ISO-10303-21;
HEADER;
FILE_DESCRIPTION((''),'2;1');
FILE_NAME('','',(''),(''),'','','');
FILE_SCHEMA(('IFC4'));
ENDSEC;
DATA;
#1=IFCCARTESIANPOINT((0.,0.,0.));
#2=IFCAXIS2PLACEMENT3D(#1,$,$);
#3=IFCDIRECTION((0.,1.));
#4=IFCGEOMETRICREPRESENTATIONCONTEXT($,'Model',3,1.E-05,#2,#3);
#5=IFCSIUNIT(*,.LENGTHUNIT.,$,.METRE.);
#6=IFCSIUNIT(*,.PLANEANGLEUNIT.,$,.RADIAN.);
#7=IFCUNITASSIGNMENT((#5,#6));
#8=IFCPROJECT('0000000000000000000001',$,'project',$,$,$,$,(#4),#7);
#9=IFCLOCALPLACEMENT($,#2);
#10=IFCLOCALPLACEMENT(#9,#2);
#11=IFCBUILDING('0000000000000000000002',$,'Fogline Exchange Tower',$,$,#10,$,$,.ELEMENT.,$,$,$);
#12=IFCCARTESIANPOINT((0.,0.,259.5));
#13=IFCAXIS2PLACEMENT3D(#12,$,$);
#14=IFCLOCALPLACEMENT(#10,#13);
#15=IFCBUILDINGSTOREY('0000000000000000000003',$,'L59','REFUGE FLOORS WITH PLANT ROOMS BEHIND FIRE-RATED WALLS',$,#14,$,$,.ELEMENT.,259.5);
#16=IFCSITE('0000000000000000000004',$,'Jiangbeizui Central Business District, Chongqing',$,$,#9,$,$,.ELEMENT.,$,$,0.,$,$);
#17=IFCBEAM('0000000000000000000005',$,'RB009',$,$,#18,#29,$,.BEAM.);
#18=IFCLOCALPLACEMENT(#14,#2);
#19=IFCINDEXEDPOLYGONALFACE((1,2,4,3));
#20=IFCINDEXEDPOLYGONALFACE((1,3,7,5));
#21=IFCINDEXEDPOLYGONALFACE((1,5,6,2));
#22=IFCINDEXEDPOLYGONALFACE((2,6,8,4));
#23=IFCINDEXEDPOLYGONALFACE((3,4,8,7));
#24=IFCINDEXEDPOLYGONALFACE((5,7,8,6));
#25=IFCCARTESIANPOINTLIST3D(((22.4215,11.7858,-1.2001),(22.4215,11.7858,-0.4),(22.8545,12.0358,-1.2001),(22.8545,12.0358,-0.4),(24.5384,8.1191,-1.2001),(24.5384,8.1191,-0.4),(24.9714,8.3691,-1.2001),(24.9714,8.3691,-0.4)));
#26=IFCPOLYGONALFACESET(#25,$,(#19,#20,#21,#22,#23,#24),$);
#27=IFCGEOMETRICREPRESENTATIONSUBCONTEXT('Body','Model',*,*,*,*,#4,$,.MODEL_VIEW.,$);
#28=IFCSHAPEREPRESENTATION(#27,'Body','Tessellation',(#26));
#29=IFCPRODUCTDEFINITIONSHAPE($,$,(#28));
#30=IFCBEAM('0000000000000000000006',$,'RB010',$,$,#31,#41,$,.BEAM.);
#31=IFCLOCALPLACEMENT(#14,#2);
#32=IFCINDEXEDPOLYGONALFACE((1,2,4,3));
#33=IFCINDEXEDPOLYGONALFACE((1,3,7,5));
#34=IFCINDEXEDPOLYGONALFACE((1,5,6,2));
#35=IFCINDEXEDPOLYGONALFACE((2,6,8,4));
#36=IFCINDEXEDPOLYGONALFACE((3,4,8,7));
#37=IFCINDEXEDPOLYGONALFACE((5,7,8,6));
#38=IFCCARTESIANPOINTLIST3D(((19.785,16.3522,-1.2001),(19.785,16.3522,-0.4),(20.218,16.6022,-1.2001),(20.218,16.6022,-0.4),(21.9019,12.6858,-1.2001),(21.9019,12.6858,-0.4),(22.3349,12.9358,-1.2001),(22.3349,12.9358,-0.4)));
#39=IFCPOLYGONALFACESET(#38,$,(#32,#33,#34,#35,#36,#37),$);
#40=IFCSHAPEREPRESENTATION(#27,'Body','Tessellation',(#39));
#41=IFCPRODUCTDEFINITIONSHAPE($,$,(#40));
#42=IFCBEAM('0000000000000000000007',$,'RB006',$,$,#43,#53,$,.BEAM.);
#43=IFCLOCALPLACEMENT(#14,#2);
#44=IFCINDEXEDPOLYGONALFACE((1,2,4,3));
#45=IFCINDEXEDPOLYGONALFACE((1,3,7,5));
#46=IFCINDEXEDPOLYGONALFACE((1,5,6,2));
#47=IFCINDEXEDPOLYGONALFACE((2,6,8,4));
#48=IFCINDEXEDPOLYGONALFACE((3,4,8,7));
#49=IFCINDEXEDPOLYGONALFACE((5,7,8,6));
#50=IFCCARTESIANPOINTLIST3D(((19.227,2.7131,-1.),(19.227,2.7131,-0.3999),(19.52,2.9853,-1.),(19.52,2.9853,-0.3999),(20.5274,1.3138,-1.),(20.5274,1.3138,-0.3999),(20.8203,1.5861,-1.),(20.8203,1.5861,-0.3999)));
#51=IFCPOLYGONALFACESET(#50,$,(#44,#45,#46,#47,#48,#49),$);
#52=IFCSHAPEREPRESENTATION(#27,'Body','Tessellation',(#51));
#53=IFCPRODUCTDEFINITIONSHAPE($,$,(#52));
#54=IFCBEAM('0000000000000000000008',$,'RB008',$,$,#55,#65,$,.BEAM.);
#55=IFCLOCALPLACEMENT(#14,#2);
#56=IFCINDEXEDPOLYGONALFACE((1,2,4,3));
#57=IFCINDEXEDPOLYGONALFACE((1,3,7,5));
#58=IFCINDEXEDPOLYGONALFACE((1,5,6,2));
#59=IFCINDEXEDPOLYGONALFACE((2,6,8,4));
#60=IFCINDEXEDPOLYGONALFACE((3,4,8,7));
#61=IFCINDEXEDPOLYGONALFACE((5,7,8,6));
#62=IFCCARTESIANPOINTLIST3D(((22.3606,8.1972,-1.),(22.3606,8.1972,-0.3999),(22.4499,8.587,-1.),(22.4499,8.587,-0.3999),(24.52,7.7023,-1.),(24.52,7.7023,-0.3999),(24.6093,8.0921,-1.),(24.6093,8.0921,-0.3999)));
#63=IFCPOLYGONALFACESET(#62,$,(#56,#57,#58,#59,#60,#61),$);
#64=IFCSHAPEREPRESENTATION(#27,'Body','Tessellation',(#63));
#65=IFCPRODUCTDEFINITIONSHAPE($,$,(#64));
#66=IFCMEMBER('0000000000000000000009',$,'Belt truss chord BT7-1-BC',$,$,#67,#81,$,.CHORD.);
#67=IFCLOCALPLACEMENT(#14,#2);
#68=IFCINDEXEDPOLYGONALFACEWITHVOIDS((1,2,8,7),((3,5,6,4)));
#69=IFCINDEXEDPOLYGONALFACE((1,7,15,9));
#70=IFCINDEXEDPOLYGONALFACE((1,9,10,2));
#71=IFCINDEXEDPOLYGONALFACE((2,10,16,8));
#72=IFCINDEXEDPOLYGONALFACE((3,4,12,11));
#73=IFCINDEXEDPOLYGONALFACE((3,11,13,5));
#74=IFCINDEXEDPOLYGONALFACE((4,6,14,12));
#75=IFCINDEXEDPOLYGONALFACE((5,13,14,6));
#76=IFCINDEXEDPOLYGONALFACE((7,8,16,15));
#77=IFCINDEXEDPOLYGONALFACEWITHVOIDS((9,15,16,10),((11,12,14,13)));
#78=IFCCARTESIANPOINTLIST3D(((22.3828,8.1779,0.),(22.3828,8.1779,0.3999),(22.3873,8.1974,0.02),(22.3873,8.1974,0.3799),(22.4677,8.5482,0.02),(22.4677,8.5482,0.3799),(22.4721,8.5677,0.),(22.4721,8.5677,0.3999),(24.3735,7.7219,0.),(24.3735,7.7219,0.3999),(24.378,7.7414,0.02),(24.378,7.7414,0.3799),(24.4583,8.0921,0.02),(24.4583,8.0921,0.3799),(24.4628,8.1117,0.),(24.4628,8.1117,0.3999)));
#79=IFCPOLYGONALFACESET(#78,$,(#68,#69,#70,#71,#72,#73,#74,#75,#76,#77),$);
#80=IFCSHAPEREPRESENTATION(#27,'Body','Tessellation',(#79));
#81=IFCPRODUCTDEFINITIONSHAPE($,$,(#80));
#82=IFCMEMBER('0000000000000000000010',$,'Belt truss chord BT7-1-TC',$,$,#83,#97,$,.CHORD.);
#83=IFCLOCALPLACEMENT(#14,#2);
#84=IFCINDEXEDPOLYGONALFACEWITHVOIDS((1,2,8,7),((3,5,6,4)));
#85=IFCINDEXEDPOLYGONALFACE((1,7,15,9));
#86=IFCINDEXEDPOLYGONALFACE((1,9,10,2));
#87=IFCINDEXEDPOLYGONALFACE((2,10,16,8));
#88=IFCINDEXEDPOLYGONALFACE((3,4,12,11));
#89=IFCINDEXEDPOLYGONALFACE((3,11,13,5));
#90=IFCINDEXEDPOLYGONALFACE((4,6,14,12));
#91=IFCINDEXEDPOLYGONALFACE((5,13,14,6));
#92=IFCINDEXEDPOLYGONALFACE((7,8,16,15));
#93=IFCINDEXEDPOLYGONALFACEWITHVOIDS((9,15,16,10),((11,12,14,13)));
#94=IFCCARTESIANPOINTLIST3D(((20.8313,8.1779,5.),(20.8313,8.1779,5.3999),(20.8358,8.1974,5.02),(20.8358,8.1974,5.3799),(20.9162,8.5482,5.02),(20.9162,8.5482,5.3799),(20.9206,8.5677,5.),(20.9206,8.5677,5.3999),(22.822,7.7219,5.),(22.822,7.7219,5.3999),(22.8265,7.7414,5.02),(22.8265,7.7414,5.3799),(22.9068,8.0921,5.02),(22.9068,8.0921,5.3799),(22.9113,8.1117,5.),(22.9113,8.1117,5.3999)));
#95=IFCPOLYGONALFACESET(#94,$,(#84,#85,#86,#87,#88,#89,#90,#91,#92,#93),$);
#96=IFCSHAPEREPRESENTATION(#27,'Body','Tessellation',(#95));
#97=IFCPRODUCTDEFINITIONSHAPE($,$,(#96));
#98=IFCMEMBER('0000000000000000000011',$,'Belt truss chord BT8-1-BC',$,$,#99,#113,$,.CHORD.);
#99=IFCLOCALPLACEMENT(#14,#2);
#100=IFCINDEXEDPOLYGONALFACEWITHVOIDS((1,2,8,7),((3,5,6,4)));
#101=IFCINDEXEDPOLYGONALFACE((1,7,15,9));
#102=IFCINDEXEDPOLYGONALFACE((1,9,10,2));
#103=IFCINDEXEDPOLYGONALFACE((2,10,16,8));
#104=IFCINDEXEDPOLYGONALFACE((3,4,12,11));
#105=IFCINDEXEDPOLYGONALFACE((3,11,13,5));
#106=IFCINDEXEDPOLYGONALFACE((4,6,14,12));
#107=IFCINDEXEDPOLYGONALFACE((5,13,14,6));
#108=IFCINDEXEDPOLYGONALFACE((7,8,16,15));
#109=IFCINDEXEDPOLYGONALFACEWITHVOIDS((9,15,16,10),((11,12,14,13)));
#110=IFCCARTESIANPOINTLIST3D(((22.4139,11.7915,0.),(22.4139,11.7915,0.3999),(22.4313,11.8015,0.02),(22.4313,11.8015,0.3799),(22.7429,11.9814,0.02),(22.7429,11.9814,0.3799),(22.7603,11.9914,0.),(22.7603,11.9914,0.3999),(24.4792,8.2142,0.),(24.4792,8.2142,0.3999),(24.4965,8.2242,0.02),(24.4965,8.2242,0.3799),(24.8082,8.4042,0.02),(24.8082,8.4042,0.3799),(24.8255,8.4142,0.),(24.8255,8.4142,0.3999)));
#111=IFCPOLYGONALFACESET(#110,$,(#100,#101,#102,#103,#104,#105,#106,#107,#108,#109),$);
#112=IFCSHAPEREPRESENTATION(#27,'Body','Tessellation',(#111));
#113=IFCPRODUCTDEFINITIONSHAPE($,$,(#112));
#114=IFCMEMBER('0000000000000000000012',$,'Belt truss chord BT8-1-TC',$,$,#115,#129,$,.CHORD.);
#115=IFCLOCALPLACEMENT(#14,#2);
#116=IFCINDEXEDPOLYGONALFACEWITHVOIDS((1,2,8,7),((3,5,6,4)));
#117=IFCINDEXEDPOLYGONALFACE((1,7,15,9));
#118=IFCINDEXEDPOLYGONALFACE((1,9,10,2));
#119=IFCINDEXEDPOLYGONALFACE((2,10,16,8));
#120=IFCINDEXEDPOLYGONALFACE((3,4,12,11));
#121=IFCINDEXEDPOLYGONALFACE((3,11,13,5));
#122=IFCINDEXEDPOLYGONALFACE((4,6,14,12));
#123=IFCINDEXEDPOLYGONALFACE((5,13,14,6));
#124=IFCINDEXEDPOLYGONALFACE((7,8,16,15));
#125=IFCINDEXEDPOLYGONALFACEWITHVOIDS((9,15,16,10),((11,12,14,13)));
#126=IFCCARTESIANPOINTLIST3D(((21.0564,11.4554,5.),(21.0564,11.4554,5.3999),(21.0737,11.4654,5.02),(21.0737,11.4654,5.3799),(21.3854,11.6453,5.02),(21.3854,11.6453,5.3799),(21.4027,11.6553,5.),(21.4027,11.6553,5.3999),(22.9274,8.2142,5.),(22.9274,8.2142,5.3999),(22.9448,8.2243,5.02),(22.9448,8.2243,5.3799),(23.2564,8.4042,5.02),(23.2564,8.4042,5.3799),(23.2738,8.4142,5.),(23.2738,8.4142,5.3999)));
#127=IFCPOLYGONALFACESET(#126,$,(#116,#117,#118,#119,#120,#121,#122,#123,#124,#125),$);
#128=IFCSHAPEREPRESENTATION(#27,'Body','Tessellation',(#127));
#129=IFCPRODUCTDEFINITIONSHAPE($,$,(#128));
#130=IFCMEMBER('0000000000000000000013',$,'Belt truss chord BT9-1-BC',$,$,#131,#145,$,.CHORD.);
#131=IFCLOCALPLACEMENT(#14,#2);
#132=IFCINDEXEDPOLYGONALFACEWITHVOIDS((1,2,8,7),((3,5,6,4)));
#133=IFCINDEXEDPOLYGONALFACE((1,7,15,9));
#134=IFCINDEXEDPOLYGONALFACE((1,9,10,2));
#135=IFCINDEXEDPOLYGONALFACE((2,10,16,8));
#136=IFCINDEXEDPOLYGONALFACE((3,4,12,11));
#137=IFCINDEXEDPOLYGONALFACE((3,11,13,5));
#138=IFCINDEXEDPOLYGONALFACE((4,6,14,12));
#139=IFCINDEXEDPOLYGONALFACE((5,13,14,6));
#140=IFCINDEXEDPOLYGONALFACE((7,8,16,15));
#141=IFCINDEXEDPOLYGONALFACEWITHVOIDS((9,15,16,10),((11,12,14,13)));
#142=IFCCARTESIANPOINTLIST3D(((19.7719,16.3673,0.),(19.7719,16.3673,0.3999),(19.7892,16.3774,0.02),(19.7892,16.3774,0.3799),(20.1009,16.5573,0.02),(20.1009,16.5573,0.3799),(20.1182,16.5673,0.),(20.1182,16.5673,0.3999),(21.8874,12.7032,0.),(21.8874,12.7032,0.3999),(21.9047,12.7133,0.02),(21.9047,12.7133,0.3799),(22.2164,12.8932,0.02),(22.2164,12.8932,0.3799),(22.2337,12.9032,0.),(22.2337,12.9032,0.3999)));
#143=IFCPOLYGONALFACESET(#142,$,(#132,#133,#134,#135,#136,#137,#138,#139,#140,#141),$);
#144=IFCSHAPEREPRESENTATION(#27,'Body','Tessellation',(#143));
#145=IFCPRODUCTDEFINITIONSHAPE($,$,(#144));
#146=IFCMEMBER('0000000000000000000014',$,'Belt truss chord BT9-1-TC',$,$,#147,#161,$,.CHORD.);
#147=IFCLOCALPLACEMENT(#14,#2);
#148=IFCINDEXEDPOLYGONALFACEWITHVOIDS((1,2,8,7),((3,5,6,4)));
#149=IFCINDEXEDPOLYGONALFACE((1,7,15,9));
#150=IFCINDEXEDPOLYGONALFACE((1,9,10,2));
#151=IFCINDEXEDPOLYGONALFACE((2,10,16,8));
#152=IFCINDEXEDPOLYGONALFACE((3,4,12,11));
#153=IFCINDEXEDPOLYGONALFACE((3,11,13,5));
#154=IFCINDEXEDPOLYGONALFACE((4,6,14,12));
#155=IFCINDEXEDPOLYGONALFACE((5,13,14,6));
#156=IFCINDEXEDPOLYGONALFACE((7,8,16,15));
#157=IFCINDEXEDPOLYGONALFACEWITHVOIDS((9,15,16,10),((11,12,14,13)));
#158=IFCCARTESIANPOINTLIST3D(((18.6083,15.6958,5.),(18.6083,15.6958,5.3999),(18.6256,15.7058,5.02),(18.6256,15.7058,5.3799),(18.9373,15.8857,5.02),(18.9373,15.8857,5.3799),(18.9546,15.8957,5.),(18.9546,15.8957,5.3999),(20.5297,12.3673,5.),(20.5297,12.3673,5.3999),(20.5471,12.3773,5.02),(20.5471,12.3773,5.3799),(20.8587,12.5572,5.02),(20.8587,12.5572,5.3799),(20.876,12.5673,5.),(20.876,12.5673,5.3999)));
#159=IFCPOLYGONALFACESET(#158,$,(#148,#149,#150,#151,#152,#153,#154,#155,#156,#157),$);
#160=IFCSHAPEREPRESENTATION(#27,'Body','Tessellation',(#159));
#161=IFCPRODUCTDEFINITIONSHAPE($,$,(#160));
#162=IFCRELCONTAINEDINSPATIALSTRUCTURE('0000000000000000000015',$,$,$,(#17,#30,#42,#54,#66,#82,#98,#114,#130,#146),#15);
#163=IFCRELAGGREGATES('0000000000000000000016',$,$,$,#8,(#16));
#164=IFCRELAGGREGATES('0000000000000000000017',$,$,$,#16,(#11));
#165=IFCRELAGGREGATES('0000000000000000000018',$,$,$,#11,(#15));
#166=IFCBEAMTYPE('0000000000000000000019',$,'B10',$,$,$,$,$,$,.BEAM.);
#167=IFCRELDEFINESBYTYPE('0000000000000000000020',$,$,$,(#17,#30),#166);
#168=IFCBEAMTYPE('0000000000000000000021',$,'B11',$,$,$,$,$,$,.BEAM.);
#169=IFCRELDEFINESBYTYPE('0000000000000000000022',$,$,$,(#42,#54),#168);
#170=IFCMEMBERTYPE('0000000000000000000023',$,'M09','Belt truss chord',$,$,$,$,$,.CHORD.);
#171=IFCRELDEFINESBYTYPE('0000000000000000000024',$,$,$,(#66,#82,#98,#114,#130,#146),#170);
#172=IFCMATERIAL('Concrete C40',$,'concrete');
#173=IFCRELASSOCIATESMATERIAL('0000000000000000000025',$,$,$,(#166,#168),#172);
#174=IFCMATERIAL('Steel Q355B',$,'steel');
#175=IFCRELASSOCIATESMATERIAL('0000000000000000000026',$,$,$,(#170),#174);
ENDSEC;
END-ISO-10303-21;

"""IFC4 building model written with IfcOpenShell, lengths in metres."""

from ifc_helpers import new_model, si_unit, direction, frame, origin, origin_2d, place, context, subcontext, project, spatial, rectangle, hollow_rectangle, extrude, material, material_profile, profile_set, type_object, element, save


model = new_model("IFC4")

# Units and contexts
model_context = context("Model", 3, precision=1e-05, world=origin(), true_north=direction((0.0, 1.0)))
body_context = subcontext(model_context, "Body", "Model", "MODEL_VIEW")
ifc_project = project(units=[si_unit("LENGTHUNIT", "METRE"), si_unit("PLANEANGLEUNIT", "RADIAN")], contexts=[model_context])

# Site, building, storey
site_placement = place(None, origin())
site = spatial("IfcSite", under=ifc_project, at=site_placement, Name="Jiangbeizui Central Business District, Chongqing", CompositionType="ELEMENT", RefElevation=0.0)
building_placement = place(site_placement, origin())
building = spatial("IfcBuilding", under=site, at=building_placement, Name="Fogline Exchange Tower", CompositionType="ELEMENT")
storey_placement = place(building_placement, frame((0.0, 0.0, 259.5)))
storey = spatial("IfcBuildingStorey", under=building, at=storey_placement, Name="L59", Description="REFUGE FLOORS WITH PLANT ROOMS BEHIND FIRE-RATED WALLS", CompositionType="ELEMENT", Elevation=259.5)

# Beams
ifc_material_1 = material(Name="Concrete C40", Category="concrete")
ifc_material_profile_1 = material_profile(ifc_material_1, rectangle(XDim=0.5, YDim=0.8, at=origin_2d()), Name="RC 500x800")
ifc_profile_set_1 = profile_set([ifc_material_profile_1], Name="Concrete C40")
beam_type_1 = type_object("IfcBeamType", Name="B10", PredefinedType="BEAM", material=ifc_profile_set_1)
beam_1_placement = place(storey_placement, frame((24.7549, 8.2441, -0.8), z_axis=(-0.49999, 0.866031, 0.0), x_axis=(-0.866031, -0.49999, 0.0)))
element("IfcBeam", 1, at=beam_1_placement, inside=storey, type_object=beam_type_1, Name="RB009", PredefinedType="BEAM", context=body_context, shape_type="SweptSolid", body=[
    extrude(rectangle(XDim=0.5, YDim=0.8, at=origin_2d()), origin(), (0.0, 0.0, 1.0), 4.2339),
])
beam_2_placement = place(storey_placement, frame((22.1184, 12.8108, -0.8), z_axis=(-0.500015, 0.866017, 0.0), x_axis=(-0.866017, -0.500015, 0.0)))
element("IfcBeam", 2, at=beam_2_placement, inside=storey, type_object=beam_type_1, Name="RB010", PredefinedType="BEAM", context=body_context, shape_type="SweptSolid", body=[
    extrude(rectangle(XDim=0.5, YDim=0.8, at=origin_2d()), origin(), (0.0, 0.0, 1.0), 4.2336),
])
ifc_material_profile_2 = material_profile(ifc_material_1, rectangle(XDim=0.3999, YDim=0.6001, at=origin_2d()), Name="RC 400x600")
ifc_profile_set_2 = profile_set([ifc_material_profile_2], Name="Concrete C40")
beam_type_2 = type_object("IfcBeamType", Name="B11", PredefinedType="BEAM", material=ifc_profile_set_2)
beam_3_placement = place(storey_placement, frame((20.6738, 1.45, -0.7), z_axis=(-0.68075, 0.732516, 0.0), x_axis=(-0.732516, -0.68075, 0.0)))
element("IfcBeam", 3, at=beam_3_placement, inside=storey, type_object=beam_type_2, Name="RB006", PredefinedType="BEAM", context=body_context, shape_type="SweptSolid", body=[
    extrude(rectangle(XDim=0.3999, YDim=0.6001, at=origin_2d()), origin(), (0.0, 0.0, 1.0), 1.9102),
])
beam_4_placement = place(storey_placement, frame((22.4053, 8.3921, -0.7), z_axis=(0.974732, -0.223378, 0.0), x_axis=(0.223378, 0.974732, 0.0)))
element("IfcBeam", 4, at=beam_4_placement, inside=storey, type_object=beam_type_2, Name="RB008", PredefinedType="BEAM", context=body_context, shape_type="SweptSolid", body=[
    extrude(rectangle(XDim=0.3999, YDim=0.6001, at=origin_2d()), origin(), (0.0, 0.0, 1.0), 2.2153),
])

# Members
ifc_material_2 = material(Name="Steel Q355B", Category="steel")
ifc_material_profile_3 = material_profile(ifc_material_2, hollow_rectangle(XDim=0.3999, YDim=0.3999, WallThickness=0.02, at=origin_2d()), Name="BOX400X400X20")
ifc_profile_set_3 = profile_set([ifc_material_profile_3], Name="Steel Q355B")
member_type_1 = type_object("IfcMemberType", Name="M09", Description="Belt truss chord", PredefinedType="CHORD", material=ifc_profile_set_3)
for number, where, z_axis, x_axis, name in (
    (5, (22.4275, 8.3728, 0.2), (0.974749, -0.223305, 0.0), (0.223305, 0.974749, 0.0), "Belt truss chord BT7-1-BC"),
    (6, (20.876, 8.3728, 5.2), (0.974749, -0.223305, 0.0), (0.223305, 0.974749, 0.0), "Belt truss chord BT7-1-TC"),
):
    element("IfcMember", number, at=place(storey_placement, frame(where, z_axis=z_axis, x_axis=x_axis)), inside=storey, type_object=member_type_1, Name=name, PredefinedType="CHORD", context=body_context, shape_type="SweptSolid", body=[
        extrude(hollow_rectangle(XDim=0.3999, YDim=0.3999, WallThickness=0.02, at=origin_2d()), origin(), (0.0, 0.0, 1.0), 2.0422),
    ])
member_1_placement = place(storey_placement, frame((24.6523, 8.3142, 0.2), z_axis=(-0.499985, 0.866034, 0.0), x_axis=(-0.866034, -0.499985, 0.0)))
element("IfcMember", 7, at=member_1_placement, inside=storey, type_object=member_type_1, Name="Belt truss chord BT8-1-BC", PredefinedType="CHORD", context=body_context, shape_type="SweptSolid", body=[
    extrude(hollow_rectangle(XDim=0.3999, YDim=0.3999, WallThickness=0.02, at=origin_2d()), origin(), (0.0, 0.0, 1.0), 4.1306),
])
member_2_placement = place(storey_placement, frame((23.1006, 8.3142, 5.2), z_axis=(-0.499956, 0.866051, 0.0), x_axis=(-0.866051, -0.499956, 0.0)))
element("IfcMember", 8, at=member_2_placement, inside=storey, type_object=member_type_1, Name="Belt truss chord BT8-1-TC", PredefinedType="CHORD", context=body_context, shape_type="SweptSolid", body=[
    extrude(hollow_rectangle(XDim=0.3999, YDim=0.3999, WallThickness=0.02, at=origin_2d()), origin(), (0.0, 0.0, 1.0), 3.7424),
])
member_3_placement = place(storey_placement, frame((22.0605, 12.8032, 0.2), z_axis=(-0.500006, 0.866022, 0.0), x_axis=(-0.866022, -0.500006, 0.0)))
element("IfcMember", 9, at=member_3_placement, inside=storey, type_object=member_type_1, Name="Belt truss chord BT9-1-BC", PredefinedType="CHORD", context=body_context, shape_type="SweptSolid", body=[
    extrude(hollow_rectangle(XDim=0.3999, YDim=0.3999, WallThickness=0.02, at=origin_2d()), origin(), (0.0, 0.0, 1.0), 4.231),
])
member_4_placement = place(storey_placement, frame((20.7029, 12.4673, 5.2), z_axis=(-0.499952, 0.866053, 0.0), x_axis=(-0.866053, -0.499952, 0.0)))
element("IfcMember", 10, at=member_4_placement, inside=storey, type_object=member_type_1, Name="Belt truss chord BT9-1-TC", PredefinedType="CHORD", context=body_context, shape_type="SweptSolid", body=[
    extrude(hollow_rectangle(XDim=0.3999, YDim=0.3999, WallThickness=0.02, at=origin_2d()), origin(), (0.0, 0.0, 1.0), 3.8433),
])

save(model, "model.ifc")
